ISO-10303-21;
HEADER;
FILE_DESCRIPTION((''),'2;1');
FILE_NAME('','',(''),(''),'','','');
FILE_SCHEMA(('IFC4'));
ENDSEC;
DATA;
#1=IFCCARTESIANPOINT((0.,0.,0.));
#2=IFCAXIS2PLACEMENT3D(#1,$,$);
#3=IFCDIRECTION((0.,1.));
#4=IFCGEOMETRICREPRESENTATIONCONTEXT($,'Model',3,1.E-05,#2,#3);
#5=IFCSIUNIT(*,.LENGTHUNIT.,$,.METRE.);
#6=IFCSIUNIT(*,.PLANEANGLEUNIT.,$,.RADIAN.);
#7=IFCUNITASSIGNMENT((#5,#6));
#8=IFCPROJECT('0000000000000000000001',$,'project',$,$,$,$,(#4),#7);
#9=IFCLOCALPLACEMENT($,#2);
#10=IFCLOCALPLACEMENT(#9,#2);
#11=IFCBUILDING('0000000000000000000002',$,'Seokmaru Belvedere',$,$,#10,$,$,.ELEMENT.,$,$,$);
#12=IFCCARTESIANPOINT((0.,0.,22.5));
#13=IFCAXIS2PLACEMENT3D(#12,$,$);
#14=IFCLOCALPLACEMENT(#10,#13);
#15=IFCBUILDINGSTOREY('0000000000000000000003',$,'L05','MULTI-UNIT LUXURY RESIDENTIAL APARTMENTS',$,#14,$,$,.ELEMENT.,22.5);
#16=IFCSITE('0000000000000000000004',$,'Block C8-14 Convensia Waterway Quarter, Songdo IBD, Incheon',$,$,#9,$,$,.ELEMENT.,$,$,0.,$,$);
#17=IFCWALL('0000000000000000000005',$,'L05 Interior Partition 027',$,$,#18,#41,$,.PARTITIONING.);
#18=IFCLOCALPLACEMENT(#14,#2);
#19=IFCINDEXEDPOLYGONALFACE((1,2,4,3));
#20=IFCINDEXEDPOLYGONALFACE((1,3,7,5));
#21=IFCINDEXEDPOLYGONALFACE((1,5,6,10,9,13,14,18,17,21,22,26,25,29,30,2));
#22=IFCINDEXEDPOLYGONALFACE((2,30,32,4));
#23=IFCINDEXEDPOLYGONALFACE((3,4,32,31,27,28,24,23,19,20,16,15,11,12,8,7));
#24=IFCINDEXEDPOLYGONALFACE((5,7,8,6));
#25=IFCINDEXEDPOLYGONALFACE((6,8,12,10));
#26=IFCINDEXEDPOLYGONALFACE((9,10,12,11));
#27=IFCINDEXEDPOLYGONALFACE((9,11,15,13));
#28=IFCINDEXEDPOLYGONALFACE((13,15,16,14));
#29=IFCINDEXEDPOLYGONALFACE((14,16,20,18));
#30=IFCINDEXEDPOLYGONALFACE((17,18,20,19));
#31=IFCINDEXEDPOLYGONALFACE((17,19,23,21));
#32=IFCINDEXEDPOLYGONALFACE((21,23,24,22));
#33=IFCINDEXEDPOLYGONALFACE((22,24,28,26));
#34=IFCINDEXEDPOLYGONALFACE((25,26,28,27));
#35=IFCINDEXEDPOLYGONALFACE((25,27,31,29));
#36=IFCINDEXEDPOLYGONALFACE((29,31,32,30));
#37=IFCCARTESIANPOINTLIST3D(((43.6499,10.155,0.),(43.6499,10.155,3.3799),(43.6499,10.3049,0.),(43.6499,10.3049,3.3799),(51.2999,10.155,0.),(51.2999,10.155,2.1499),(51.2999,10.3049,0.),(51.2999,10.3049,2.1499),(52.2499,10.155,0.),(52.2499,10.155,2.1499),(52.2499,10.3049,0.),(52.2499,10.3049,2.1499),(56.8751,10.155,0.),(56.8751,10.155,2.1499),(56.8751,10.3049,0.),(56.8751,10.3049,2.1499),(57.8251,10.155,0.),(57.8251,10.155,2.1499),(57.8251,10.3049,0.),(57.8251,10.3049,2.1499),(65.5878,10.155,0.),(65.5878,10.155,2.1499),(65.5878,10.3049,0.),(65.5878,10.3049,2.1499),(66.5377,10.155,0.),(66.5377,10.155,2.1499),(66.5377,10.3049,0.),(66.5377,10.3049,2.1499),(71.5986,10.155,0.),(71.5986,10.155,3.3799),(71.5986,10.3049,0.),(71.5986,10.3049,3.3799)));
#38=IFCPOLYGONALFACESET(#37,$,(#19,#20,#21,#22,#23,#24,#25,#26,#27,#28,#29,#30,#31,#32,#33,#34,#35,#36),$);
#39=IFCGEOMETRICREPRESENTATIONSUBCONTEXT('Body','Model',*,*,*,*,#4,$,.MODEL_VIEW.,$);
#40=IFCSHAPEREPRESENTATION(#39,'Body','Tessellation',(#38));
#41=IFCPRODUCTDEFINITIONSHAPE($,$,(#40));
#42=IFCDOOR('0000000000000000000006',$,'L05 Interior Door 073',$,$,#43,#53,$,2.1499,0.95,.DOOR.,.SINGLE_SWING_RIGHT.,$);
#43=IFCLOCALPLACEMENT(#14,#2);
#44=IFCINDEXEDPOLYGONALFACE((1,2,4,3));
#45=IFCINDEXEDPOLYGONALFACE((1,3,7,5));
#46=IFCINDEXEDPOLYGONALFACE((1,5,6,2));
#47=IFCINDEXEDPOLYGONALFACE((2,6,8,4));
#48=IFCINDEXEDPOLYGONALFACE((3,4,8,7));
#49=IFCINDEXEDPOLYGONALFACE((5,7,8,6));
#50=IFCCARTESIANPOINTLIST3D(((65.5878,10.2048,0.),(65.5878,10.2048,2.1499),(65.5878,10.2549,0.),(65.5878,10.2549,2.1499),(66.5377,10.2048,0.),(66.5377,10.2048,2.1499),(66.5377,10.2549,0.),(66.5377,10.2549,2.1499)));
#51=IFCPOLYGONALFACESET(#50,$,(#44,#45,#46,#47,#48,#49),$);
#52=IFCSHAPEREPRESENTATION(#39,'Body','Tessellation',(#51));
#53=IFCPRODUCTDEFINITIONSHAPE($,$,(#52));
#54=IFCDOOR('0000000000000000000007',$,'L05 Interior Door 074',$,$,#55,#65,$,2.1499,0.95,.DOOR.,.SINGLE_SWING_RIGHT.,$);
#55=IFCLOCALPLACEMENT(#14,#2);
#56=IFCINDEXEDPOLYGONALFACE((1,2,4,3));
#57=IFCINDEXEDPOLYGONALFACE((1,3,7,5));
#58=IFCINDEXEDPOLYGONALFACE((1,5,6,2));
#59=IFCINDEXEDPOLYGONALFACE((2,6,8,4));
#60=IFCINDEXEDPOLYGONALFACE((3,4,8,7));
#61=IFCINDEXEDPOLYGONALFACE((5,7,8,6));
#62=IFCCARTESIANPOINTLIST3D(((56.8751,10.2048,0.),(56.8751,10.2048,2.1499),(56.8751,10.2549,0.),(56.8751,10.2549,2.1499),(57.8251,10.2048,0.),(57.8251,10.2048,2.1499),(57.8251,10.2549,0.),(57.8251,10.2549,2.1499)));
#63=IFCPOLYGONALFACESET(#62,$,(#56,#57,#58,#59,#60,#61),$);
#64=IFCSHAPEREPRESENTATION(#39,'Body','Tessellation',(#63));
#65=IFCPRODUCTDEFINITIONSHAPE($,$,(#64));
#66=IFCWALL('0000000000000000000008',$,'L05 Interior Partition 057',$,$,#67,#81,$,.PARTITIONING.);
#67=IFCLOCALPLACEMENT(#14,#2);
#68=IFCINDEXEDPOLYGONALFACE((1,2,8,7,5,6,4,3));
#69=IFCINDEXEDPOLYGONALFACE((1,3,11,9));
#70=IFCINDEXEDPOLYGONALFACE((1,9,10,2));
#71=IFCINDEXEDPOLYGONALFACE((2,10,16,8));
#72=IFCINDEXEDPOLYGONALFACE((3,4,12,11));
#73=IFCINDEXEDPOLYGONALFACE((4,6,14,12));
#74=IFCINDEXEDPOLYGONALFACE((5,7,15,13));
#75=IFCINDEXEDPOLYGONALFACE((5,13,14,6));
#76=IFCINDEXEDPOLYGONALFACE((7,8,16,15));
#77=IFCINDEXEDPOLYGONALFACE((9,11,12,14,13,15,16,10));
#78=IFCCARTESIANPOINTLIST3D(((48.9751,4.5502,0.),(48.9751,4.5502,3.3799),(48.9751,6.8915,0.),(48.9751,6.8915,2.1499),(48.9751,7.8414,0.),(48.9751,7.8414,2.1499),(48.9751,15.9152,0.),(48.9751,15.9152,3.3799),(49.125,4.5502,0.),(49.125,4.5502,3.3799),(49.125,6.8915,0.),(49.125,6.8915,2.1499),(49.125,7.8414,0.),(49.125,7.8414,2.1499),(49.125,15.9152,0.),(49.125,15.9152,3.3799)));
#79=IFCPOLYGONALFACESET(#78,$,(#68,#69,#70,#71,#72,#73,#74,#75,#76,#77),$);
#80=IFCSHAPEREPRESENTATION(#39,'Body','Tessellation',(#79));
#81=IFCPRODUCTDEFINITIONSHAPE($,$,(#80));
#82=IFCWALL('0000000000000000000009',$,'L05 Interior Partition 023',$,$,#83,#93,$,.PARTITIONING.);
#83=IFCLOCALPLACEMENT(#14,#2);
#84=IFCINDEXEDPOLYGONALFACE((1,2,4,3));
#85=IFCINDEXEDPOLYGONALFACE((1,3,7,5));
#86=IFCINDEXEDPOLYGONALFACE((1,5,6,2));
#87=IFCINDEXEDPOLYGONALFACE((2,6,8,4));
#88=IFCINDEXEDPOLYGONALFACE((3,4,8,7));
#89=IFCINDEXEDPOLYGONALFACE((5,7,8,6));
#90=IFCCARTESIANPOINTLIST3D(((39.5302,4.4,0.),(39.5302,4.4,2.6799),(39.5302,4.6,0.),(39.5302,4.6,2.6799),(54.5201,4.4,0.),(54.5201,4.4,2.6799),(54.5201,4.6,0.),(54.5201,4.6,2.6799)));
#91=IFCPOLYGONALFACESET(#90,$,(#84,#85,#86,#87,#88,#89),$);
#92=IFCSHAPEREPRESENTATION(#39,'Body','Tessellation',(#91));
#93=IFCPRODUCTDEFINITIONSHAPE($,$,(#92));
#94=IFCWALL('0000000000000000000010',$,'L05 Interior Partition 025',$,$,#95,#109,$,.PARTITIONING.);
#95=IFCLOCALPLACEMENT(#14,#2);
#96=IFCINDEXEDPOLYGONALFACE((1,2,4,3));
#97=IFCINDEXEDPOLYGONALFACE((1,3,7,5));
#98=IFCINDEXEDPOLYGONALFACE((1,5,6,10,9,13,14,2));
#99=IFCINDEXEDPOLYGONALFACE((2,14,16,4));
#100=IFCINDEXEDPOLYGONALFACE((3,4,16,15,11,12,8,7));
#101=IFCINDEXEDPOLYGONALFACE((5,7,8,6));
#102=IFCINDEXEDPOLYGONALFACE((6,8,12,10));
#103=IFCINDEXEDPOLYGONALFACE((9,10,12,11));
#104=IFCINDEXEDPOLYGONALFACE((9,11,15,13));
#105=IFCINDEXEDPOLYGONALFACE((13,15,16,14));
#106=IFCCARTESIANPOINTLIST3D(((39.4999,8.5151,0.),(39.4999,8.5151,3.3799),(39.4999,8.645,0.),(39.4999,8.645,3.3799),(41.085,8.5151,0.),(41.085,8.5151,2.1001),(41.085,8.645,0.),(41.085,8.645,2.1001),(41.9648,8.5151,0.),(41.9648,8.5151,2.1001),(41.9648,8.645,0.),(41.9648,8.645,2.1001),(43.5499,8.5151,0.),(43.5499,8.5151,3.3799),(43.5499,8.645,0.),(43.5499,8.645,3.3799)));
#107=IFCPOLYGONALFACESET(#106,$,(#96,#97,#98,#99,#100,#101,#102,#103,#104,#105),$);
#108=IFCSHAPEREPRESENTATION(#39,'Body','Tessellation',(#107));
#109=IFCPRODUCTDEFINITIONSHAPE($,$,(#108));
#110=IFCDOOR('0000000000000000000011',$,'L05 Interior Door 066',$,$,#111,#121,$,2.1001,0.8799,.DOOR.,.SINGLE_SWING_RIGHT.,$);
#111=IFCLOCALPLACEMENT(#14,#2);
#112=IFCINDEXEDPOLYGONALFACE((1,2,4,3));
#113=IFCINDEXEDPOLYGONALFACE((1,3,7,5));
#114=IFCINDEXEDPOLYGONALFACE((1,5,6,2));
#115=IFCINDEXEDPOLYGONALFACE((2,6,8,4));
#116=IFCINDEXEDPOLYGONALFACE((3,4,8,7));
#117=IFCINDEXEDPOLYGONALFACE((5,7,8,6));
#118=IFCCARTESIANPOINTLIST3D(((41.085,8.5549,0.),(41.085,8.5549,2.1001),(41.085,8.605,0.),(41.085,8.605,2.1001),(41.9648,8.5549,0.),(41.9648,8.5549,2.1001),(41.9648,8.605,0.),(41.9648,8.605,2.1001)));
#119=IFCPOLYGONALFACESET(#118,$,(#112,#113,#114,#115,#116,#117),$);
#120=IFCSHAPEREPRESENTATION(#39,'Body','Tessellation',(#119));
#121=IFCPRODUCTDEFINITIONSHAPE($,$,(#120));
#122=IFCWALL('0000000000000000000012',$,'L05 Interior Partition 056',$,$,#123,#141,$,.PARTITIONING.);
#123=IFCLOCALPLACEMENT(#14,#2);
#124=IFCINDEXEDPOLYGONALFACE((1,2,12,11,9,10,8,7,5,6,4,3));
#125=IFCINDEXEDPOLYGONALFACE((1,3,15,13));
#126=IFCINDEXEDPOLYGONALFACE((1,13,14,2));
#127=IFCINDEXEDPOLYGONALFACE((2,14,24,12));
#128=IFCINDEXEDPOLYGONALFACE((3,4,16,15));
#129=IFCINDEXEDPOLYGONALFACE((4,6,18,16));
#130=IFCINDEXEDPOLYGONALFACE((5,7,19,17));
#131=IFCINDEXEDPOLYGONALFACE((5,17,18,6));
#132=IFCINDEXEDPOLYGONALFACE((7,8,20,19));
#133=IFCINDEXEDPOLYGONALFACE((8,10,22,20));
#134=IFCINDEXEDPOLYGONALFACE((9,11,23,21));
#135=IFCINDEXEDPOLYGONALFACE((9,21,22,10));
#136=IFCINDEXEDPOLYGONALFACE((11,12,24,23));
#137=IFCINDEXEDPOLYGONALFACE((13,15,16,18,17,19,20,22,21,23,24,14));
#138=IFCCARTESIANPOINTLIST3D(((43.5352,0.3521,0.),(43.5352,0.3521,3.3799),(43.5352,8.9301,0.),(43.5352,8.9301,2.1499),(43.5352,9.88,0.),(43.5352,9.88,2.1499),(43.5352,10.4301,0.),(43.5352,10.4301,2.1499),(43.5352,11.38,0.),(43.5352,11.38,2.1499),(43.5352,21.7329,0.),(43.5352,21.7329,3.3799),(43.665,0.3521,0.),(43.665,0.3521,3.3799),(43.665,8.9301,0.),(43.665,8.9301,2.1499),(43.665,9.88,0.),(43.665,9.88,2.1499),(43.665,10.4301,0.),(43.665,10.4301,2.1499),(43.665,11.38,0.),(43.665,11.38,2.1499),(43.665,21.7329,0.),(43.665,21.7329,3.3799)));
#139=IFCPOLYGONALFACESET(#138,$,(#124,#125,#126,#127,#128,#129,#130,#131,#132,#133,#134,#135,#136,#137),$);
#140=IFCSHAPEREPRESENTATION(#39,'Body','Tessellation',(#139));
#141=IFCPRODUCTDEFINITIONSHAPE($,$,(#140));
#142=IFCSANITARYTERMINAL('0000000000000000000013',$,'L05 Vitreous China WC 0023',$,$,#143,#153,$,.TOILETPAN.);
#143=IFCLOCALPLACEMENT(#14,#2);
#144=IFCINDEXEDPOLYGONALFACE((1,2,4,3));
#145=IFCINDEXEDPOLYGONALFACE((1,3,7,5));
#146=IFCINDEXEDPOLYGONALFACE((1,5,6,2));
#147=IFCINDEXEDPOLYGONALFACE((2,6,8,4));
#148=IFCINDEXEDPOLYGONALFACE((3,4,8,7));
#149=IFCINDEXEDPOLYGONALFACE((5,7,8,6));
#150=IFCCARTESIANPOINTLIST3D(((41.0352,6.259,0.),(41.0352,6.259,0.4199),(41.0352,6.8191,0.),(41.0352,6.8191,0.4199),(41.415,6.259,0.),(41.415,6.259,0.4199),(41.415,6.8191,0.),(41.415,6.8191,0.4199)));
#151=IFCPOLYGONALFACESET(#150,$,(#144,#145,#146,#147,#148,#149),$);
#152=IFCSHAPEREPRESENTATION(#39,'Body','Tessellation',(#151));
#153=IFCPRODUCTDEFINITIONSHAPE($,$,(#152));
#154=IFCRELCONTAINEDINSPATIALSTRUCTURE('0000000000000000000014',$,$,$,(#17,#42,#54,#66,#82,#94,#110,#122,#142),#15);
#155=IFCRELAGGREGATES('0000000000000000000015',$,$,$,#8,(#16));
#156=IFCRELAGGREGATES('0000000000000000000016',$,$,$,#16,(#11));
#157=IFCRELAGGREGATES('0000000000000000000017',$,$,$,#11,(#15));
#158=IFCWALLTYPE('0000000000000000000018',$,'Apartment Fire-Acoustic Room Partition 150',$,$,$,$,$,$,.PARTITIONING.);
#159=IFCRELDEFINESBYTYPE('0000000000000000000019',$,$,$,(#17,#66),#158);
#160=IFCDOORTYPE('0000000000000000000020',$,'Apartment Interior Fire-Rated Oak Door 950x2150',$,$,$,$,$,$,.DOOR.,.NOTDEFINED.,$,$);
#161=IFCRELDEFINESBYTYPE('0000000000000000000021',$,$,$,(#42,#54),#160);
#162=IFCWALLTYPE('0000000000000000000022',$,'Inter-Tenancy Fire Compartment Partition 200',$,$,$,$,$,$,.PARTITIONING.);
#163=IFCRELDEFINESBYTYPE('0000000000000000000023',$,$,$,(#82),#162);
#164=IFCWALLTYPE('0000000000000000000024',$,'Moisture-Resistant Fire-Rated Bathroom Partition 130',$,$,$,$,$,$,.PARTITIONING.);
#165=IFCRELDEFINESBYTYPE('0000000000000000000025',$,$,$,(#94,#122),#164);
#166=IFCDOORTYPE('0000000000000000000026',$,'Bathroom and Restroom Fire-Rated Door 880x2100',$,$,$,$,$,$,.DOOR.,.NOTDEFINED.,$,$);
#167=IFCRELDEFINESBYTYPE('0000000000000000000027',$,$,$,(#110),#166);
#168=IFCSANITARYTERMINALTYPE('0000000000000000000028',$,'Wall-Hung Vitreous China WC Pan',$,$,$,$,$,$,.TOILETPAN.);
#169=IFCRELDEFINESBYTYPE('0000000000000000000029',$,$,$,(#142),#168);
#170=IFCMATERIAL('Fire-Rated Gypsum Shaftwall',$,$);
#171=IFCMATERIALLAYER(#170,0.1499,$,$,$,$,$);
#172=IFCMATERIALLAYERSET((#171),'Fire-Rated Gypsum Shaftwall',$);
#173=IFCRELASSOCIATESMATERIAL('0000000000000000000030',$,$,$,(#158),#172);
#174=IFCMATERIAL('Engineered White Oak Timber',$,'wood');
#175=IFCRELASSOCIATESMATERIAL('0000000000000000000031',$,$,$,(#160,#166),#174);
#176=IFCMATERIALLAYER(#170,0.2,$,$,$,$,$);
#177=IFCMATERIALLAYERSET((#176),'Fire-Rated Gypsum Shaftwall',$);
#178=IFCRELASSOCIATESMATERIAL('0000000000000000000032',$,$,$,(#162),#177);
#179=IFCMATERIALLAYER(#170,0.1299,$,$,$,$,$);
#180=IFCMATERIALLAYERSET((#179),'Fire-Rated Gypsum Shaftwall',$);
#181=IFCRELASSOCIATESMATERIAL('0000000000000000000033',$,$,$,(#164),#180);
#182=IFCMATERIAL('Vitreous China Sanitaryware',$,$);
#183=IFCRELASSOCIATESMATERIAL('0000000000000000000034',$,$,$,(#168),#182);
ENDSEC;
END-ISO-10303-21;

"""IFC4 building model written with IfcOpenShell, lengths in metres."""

from ifc_helpers import new_model, si_unit, direction, frame, frame_2d, origin, origin_2d, place, context, subcontext, project, spatial, rectangle, extrude, source, transform, mapped, material, layer, layer_set, type_object, type_shapes, element, fill, save


model = new_model("IFC4")

# Units and contexts
model_context = context("Model", 3, precision=1e-05, world=origin(), true_north=direction((0.0, 1.0)))
body_context = subcontext(model_context, "Body", "Model", "MODEL_VIEW")
ifc_project = project(units=[si_unit("LENGTHUNIT", "METRE"), si_unit("PLANEANGLEUNIT", "RADIAN")], contexts=[model_context])

# Site, building, storey
site_placement = place(None, origin())
site = spatial("IfcSite", under=ifc_project, at=site_placement, Name="Block C8-14 Convensia Waterway Quarter, Songdo IBD, Incheon", CompositionType="ELEMENT", RefElevation=0.0)
building_placement = place(site_placement, origin())
building = spatial("IfcBuilding", under=site, at=building_placement, Name="Seokmaru Belvedere", CompositionType="ELEMENT")
storey_placement = place(building_placement, frame((0.0, 0.0, 22.5)))
storey = spatial("IfcBuildingStorey", under=building, at=storey_placement, Name="L05", Description="MULTI-UNIT LUXURY RESIDENTIAL APARTMENTS", CompositionType="ELEMENT", Elevation=22.5)

# Shared definitions
ifc_material_1 = material(Name="Fire-Rated Gypsum Shaftwall")
ifc_layer_1 = layer(ifc_material_1, 0.1499)
ifc_layer_set_1 = layer_set([ifc_layer_1], Name="Fire-Rated Gypsum Shaftwall")
wall_type_1 = type_object("IfcWallType", Name="Apartment Fire-Acoustic Room Partition 150", PredefinedType="PARTITIONING", material=ifc_layer_set_1)
ifc_material_2 = material(Name="Engineered White Oak Timber", Category="wood")
door_type_1 = type_object("IfcDoorType", Name="Apartment Interior Fire-Rated Oak Door 950x2150", OperationType="NOTDEFINED", PredefinedType="DOOR", material=ifc_material_2)
shared_shape_1 = source(origin(), body_context, "Body", "SweptSolid", [
    extrude(rectangle(XDim=0.95, YDim=2.1499, at=frame_2d((0.4751, 1.075))), frame((0.0, 0.0249, 0.0), z_axis=(0.0, -1.0, 0.0), x_axis=(1.0, 0.0, 0.0)), (0.0, 0.0, 1.0), 0.05),
])
type_shapes(door_type_1, [shared_shape_1])

# Wall, openings, doors
wall_1_placement = place(storey_placement, frame((43.6499, 10.23, 0.0), z_axis=(0.0, 0.0, 1.0), x_axis=(1.0, 0.0, 0.0)))
wall_1 = element("IfcWall", 1, at=wall_1_placement, inside=storey, type_object=wall_type_1, Name="L05 Interior Partition 027", PredefinedType="PARTITIONING", context=body_context, shape_type="SweptSolid", body=[
    extrude(rectangle(XDim=27.9487, YDim=0.1499, at=frame_2d((13.9744, 0.0))), origin(), (0.0, 0.0, 1.0), 3.3799),
])
opening_1_placement = place(wall_1_placement, frame((21.9377, 0.0, 0.0)))
opening_1 = element("IfcOpeningElement", 2, at=opening_1_placement, cuts=wall_1, PredefinedType="OPENING", context=body_context, shape_type="SweptSolid", body=[
    extrude(rectangle(XDim=0.95, YDim=2.1499, at=frame_2d((0.4751, 1.075))), frame((0.0, 0.085, 0.0), z_axis=(0.0, -1.0, 0.0), x_axis=(1.0, 0.0, 0.0)), (0.0, 0.0, 1.0), 0.1699),
])
opening_2_placement = place(wall_1_placement, frame((13.2251, 0.0, 0.0)))
opening_2 = element("IfcOpeningElement", 3, at=opening_2_placement, cuts=wall_1, PredefinedType="OPENING", context=body_context, shape_type="SweptSolid", body=[
    extrude(rectangle(XDim=0.95, YDim=2.1499, at=frame_2d((0.4751, 1.075))), frame((0.0, 0.085, 0.0), z_axis=(0.0, -1.0, 0.0), x_axis=(1.0, 0.0, 0.0)), (0.0, 0.0, 1.0), 0.1699),
])
opening_3_placement = place(wall_1_placement, frame((7.6499, 0.0, 0.0)))
element("IfcOpeningElement", 4, at=opening_3_placement, cuts=wall_1, PredefinedType="OPENING", context=body_context, shape_type="SweptSolid", body=[
    extrude(rectangle(XDim=0.95, YDim=2.1499, at=frame_2d((0.4751, 1.075))), frame((0.0, 0.085, 0.0), z_axis=(0.0, -1.0, 0.0), x_axis=(1.0, 0.0, 0.0)), (0.0, 0.0, 1.0), 0.1699),
])
door_1_placement = place(opening_1_placement, origin())
door_1 = element("IfcDoor", 5, at=door_1_placement, inside=storey, type_object=door_type_1, Name="L05 Interior Door 073", OperationType="SINGLE_SWING_RIGHT", OverallHeight=2.1499, OverallWidth=0.95, PredefinedType="DOOR", context=body_context, shape_type="MappedRepresentation", body=[
    mapped(shared_shape_1, transform((0.0, 0.0, 0.0), scale=1.0)),
])
fill(opening_1, door_1)
door_2_placement = place(opening_2_placement, origin())
door_2 = element("IfcDoor", 6, at=door_2_placement, inside=storey, type_object=door_type_1, Name="L05 Interior Door 074", OperationType="SINGLE_SWING_RIGHT", OverallHeight=2.1499, OverallWidth=0.95, PredefinedType="DOOR", context=body_context, shape_type="MappedRepresentation", body=[
    mapped(shared_shape_1, transform((0.0, 0.0, 0.0), scale=1.0)),
])
fill(opening_2, door_2)

# Wall, opening
wall_2_placement = place(storey_placement, frame((49.05, 4.55, 0.0), z_axis=(0.0, 0.0, 1.0), x_axis=(0.0, 1.0, 0.0)))
wall_2 = element("IfcWall", 7, at=wall_2_placement, inside=storey, type_object=wall_type_1, Name="L05 Interior Partition 057", PredefinedType="PARTITIONING", context=body_context, shape_type="SweptSolid", body=[
    extrude(rectangle(XDim=11.365, YDim=0.1499, at=frame_2d((5.6826, 0.0))), origin(), (0.0, 0.0, 1.0), 3.3799),
])
opening_4_placement = place(wall_2_placement, frame((2.3413, 0.0, 0.0)))
element("IfcOpeningElement", 8, at=opening_4_placement, cuts=wall_2, PredefinedType="OPENING", context=body_context, shape_type="SweptSolid", body=[
    extrude(rectangle(XDim=0.95, YDim=2.1499, at=frame_2d((0.4751, 1.075))), frame((0.0, 0.085, 0.0), z_axis=(0.0, -1.0, 0.0), x_axis=(1.0, 0.0, 0.0)), (0.0, 0.0, 1.0), 0.1699),
])

# Wall
ifc_layer_2 = layer(ifc_material_1, 0.2)
ifc_layer_set_2 = layer_set([ifc_layer_2], Name="Fire-Rated Gypsum Shaftwall")
wall_type_2 = type_object("IfcWallType", Name="Inter-Tenancy Fire Compartment Partition 200", PredefinedType="PARTITIONING", material=ifc_layer_set_2)
wall_3_placement = place(storey_placement, frame((39.53, 4.5, 0.0), z_axis=(0.0, 0.0, 1.0), x_axis=(1.0, 0.0, 0.0)))
element("IfcWall", 9, at=wall_3_placement, inside=storey, type_object=wall_type_2, Name="L05 Interior Partition 023", PredefinedType="PARTITIONING", context=body_context, shape_type="SweptSolid", body=[
    extrude(rectangle(XDim=14.99, YDim=0.2, at=frame_2d((7.4951, 0.0))), origin(), (0.0, 0.0, 1.0), 2.6799),
])

# Wall, opening, door
ifc_layer_3 = layer(ifc_material_1, 0.1299)
ifc_layer_set_3 = layer_set([ifc_layer_3], Name="Fire-Rated Gypsum Shaftwall")
wall_type_3 = type_object("IfcWallType", Name="Moisture-Resistant Fire-Rated Bathroom Partition 130", PredefinedType="PARTITIONING", material=ifc_layer_set_3)
wall_4_placement = place(storey_placement, frame((39.5, 8.5801, 0.0), z_axis=(0.0, 0.0, 1.0), x_axis=(1.0, 0.0, 0.0)))
wall_4 = element("IfcWall", 10, at=wall_4_placement, inside=storey, type_object=wall_type_3, Name="L05 Interior Partition 025", PredefinedType="PARTITIONING", context=body_context, shape_type="SweptSolid", body=[
    extrude(rectangle(XDim=4.05, YDim=0.1299, at=frame_2d((2.0249, 0.0))), origin(), (0.0, 0.0, 1.0), 3.3799),
])
opening_5_placement = place(wall_4_placement, frame((1.585, 0.0, 0.0)))
opening_5 = element("IfcOpeningElement", 11, at=opening_5_placement, cuts=wall_4, PredefinedType="OPENING", context=body_context, shape_type="SweptSolid", body=[
    extrude(rectangle(XDim=0.8799, YDim=2.1001, at=frame_2d((0.4399, 1.05))), frame((0.0, 0.075, 0.0), z_axis=(0.0, -1.0, 0.0), x_axis=(1.0, 0.0, 0.0)), (0.0, 0.0, 1.0), 0.1499),
])
door_type_2 = type_object("IfcDoorType", Name="Bathroom and Restroom Fire-Rated Door 880x2100", OperationType="NOTDEFINED", PredefinedType="DOOR", material=ifc_material_2)
shared_shape_2 = source(origin(), body_context, "Body", "SweptSolid", [
    extrude(rectangle(XDim=0.8799, YDim=2.1001, at=frame_2d((0.4399, 1.05))), frame((0.0, 0.0249, 0.0), z_axis=(0.0, -1.0, 0.0), x_axis=(1.0, 0.0, 0.0)), (0.0, 0.0, 1.0), 0.05),
])
type_shapes(door_type_2, [shared_shape_2])
door_3_placement = place(opening_5_placement, origin())
door_3 = element("IfcDoor", 12, at=door_3_placement, inside=storey, type_object=door_type_2, Name="L05 Interior Door 066", OperationType="SINGLE_SWING_RIGHT", OverallHeight=2.1001, OverallWidth=0.8799, PredefinedType="DOOR", context=body_context, shape_type="MappedRepresentation", body=[
    mapped(shared_shape_2, transform((0.0, 0.0, 0.0), scale=1.0)),
])
fill(opening_5, door_3)

# Wall, openings
wall_5_placement = place(storey_placement, frame((43.6001, 0.3521, 0.0), z_axis=(0.0, 0.0, 1.0), x_axis=(0.0, 1.0, 0.0)))
wall_5 = element("IfcWall", 13, at=wall_5_placement, inside=storey, type_object=wall_type_3, Name="L05 Interior Partition 056", PredefinedType="PARTITIONING", context=body_context, shape_type="SweptSolid", body=[
    extrude(rectangle(XDim=21.3809, YDim=0.1299, at=frame_2d((10.6904, 0.0))), origin(), (0.0, 0.0, 1.0), 3.3799),
])
opening_6_placement = place(wall_5_placement, frame((8.5779, 0.0, 0.0)))
element("IfcOpeningElement", 14, at=opening_6_placement, cuts=wall_5, PredefinedType="OPENING", context=body_context, shape_type="SweptSolid", body=[
    extrude(rectangle(XDim=0.95, YDim=2.1499, at=frame_2d((0.4751, 1.075))), frame((0.0, 0.075, 0.0), z_axis=(0.0, -1.0, 0.0), x_axis=(1.0, 0.0, 0.0)), (0.0, 0.0, 1.0), 0.1499),
])
opening_7_placement = place(wall_5_placement, frame((10.0779, 0.0, 0.0)))
element("IfcOpeningElement", 15, at=opening_7_placement, cuts=wall_5, PredefinedType="OPENING", context=body_context, shape_type="SweptSolid", body=[
    extrude(rectangle(XDim=0.95, YDim=2.1499, at=frame_2d((0.4751, 1.075))), frame((0.0, 0.075, 0.0), z_axis=(0.0, -1.0, 0.0), x_axis=(1.0, 0.0, 0.0)), (0.0, 0.0, 1.0), 0.1499),
])

# Sanitary terminal
ifc_material_3 = material(Name="Vitreous China Sanitaryware")
sanitary_terminal_type_1 = type_object("IfcSanitaryTerminalType", Name="Wall-Hung Vitreous China WC Pan", PredefinedType="TOILETPAN", material=ifc_material_3)
shared_shape_3 = source(origin(), body_context, "Body", "SweptSolid", [
    extrude(rectangle(XDim=0.3799, YDim=0.5601, at=origin_2d()), origin(), (0.0, 0.0, 1.0), 0.4199),
])
type_shapes(sanitary_terminal_type_1, [shared_shape_3])
sanitary_terminal_1_placement = place(storey_placement, frame((41.2251, 6.5391, 0.0), z_axis=(0.0, 0.0, 1.0), x_axis=(1.0, 0.0, 0.0)))
element("IfcSanitaryTerminal", 16, at=sanitary_terminal_1_placement, inside=storey, type_object=sanitary_terminal_type_1, Name="L05 Vitreous China WC 0023", PredefinedType="TOILETPAN", context=body_context, shape_type="MappedRepresentation", body=[
    mapped(shared_shape_3, transform((0.0, 0.0, 0.0), scale=1.0)),
])

save(model, "model.ifc")
